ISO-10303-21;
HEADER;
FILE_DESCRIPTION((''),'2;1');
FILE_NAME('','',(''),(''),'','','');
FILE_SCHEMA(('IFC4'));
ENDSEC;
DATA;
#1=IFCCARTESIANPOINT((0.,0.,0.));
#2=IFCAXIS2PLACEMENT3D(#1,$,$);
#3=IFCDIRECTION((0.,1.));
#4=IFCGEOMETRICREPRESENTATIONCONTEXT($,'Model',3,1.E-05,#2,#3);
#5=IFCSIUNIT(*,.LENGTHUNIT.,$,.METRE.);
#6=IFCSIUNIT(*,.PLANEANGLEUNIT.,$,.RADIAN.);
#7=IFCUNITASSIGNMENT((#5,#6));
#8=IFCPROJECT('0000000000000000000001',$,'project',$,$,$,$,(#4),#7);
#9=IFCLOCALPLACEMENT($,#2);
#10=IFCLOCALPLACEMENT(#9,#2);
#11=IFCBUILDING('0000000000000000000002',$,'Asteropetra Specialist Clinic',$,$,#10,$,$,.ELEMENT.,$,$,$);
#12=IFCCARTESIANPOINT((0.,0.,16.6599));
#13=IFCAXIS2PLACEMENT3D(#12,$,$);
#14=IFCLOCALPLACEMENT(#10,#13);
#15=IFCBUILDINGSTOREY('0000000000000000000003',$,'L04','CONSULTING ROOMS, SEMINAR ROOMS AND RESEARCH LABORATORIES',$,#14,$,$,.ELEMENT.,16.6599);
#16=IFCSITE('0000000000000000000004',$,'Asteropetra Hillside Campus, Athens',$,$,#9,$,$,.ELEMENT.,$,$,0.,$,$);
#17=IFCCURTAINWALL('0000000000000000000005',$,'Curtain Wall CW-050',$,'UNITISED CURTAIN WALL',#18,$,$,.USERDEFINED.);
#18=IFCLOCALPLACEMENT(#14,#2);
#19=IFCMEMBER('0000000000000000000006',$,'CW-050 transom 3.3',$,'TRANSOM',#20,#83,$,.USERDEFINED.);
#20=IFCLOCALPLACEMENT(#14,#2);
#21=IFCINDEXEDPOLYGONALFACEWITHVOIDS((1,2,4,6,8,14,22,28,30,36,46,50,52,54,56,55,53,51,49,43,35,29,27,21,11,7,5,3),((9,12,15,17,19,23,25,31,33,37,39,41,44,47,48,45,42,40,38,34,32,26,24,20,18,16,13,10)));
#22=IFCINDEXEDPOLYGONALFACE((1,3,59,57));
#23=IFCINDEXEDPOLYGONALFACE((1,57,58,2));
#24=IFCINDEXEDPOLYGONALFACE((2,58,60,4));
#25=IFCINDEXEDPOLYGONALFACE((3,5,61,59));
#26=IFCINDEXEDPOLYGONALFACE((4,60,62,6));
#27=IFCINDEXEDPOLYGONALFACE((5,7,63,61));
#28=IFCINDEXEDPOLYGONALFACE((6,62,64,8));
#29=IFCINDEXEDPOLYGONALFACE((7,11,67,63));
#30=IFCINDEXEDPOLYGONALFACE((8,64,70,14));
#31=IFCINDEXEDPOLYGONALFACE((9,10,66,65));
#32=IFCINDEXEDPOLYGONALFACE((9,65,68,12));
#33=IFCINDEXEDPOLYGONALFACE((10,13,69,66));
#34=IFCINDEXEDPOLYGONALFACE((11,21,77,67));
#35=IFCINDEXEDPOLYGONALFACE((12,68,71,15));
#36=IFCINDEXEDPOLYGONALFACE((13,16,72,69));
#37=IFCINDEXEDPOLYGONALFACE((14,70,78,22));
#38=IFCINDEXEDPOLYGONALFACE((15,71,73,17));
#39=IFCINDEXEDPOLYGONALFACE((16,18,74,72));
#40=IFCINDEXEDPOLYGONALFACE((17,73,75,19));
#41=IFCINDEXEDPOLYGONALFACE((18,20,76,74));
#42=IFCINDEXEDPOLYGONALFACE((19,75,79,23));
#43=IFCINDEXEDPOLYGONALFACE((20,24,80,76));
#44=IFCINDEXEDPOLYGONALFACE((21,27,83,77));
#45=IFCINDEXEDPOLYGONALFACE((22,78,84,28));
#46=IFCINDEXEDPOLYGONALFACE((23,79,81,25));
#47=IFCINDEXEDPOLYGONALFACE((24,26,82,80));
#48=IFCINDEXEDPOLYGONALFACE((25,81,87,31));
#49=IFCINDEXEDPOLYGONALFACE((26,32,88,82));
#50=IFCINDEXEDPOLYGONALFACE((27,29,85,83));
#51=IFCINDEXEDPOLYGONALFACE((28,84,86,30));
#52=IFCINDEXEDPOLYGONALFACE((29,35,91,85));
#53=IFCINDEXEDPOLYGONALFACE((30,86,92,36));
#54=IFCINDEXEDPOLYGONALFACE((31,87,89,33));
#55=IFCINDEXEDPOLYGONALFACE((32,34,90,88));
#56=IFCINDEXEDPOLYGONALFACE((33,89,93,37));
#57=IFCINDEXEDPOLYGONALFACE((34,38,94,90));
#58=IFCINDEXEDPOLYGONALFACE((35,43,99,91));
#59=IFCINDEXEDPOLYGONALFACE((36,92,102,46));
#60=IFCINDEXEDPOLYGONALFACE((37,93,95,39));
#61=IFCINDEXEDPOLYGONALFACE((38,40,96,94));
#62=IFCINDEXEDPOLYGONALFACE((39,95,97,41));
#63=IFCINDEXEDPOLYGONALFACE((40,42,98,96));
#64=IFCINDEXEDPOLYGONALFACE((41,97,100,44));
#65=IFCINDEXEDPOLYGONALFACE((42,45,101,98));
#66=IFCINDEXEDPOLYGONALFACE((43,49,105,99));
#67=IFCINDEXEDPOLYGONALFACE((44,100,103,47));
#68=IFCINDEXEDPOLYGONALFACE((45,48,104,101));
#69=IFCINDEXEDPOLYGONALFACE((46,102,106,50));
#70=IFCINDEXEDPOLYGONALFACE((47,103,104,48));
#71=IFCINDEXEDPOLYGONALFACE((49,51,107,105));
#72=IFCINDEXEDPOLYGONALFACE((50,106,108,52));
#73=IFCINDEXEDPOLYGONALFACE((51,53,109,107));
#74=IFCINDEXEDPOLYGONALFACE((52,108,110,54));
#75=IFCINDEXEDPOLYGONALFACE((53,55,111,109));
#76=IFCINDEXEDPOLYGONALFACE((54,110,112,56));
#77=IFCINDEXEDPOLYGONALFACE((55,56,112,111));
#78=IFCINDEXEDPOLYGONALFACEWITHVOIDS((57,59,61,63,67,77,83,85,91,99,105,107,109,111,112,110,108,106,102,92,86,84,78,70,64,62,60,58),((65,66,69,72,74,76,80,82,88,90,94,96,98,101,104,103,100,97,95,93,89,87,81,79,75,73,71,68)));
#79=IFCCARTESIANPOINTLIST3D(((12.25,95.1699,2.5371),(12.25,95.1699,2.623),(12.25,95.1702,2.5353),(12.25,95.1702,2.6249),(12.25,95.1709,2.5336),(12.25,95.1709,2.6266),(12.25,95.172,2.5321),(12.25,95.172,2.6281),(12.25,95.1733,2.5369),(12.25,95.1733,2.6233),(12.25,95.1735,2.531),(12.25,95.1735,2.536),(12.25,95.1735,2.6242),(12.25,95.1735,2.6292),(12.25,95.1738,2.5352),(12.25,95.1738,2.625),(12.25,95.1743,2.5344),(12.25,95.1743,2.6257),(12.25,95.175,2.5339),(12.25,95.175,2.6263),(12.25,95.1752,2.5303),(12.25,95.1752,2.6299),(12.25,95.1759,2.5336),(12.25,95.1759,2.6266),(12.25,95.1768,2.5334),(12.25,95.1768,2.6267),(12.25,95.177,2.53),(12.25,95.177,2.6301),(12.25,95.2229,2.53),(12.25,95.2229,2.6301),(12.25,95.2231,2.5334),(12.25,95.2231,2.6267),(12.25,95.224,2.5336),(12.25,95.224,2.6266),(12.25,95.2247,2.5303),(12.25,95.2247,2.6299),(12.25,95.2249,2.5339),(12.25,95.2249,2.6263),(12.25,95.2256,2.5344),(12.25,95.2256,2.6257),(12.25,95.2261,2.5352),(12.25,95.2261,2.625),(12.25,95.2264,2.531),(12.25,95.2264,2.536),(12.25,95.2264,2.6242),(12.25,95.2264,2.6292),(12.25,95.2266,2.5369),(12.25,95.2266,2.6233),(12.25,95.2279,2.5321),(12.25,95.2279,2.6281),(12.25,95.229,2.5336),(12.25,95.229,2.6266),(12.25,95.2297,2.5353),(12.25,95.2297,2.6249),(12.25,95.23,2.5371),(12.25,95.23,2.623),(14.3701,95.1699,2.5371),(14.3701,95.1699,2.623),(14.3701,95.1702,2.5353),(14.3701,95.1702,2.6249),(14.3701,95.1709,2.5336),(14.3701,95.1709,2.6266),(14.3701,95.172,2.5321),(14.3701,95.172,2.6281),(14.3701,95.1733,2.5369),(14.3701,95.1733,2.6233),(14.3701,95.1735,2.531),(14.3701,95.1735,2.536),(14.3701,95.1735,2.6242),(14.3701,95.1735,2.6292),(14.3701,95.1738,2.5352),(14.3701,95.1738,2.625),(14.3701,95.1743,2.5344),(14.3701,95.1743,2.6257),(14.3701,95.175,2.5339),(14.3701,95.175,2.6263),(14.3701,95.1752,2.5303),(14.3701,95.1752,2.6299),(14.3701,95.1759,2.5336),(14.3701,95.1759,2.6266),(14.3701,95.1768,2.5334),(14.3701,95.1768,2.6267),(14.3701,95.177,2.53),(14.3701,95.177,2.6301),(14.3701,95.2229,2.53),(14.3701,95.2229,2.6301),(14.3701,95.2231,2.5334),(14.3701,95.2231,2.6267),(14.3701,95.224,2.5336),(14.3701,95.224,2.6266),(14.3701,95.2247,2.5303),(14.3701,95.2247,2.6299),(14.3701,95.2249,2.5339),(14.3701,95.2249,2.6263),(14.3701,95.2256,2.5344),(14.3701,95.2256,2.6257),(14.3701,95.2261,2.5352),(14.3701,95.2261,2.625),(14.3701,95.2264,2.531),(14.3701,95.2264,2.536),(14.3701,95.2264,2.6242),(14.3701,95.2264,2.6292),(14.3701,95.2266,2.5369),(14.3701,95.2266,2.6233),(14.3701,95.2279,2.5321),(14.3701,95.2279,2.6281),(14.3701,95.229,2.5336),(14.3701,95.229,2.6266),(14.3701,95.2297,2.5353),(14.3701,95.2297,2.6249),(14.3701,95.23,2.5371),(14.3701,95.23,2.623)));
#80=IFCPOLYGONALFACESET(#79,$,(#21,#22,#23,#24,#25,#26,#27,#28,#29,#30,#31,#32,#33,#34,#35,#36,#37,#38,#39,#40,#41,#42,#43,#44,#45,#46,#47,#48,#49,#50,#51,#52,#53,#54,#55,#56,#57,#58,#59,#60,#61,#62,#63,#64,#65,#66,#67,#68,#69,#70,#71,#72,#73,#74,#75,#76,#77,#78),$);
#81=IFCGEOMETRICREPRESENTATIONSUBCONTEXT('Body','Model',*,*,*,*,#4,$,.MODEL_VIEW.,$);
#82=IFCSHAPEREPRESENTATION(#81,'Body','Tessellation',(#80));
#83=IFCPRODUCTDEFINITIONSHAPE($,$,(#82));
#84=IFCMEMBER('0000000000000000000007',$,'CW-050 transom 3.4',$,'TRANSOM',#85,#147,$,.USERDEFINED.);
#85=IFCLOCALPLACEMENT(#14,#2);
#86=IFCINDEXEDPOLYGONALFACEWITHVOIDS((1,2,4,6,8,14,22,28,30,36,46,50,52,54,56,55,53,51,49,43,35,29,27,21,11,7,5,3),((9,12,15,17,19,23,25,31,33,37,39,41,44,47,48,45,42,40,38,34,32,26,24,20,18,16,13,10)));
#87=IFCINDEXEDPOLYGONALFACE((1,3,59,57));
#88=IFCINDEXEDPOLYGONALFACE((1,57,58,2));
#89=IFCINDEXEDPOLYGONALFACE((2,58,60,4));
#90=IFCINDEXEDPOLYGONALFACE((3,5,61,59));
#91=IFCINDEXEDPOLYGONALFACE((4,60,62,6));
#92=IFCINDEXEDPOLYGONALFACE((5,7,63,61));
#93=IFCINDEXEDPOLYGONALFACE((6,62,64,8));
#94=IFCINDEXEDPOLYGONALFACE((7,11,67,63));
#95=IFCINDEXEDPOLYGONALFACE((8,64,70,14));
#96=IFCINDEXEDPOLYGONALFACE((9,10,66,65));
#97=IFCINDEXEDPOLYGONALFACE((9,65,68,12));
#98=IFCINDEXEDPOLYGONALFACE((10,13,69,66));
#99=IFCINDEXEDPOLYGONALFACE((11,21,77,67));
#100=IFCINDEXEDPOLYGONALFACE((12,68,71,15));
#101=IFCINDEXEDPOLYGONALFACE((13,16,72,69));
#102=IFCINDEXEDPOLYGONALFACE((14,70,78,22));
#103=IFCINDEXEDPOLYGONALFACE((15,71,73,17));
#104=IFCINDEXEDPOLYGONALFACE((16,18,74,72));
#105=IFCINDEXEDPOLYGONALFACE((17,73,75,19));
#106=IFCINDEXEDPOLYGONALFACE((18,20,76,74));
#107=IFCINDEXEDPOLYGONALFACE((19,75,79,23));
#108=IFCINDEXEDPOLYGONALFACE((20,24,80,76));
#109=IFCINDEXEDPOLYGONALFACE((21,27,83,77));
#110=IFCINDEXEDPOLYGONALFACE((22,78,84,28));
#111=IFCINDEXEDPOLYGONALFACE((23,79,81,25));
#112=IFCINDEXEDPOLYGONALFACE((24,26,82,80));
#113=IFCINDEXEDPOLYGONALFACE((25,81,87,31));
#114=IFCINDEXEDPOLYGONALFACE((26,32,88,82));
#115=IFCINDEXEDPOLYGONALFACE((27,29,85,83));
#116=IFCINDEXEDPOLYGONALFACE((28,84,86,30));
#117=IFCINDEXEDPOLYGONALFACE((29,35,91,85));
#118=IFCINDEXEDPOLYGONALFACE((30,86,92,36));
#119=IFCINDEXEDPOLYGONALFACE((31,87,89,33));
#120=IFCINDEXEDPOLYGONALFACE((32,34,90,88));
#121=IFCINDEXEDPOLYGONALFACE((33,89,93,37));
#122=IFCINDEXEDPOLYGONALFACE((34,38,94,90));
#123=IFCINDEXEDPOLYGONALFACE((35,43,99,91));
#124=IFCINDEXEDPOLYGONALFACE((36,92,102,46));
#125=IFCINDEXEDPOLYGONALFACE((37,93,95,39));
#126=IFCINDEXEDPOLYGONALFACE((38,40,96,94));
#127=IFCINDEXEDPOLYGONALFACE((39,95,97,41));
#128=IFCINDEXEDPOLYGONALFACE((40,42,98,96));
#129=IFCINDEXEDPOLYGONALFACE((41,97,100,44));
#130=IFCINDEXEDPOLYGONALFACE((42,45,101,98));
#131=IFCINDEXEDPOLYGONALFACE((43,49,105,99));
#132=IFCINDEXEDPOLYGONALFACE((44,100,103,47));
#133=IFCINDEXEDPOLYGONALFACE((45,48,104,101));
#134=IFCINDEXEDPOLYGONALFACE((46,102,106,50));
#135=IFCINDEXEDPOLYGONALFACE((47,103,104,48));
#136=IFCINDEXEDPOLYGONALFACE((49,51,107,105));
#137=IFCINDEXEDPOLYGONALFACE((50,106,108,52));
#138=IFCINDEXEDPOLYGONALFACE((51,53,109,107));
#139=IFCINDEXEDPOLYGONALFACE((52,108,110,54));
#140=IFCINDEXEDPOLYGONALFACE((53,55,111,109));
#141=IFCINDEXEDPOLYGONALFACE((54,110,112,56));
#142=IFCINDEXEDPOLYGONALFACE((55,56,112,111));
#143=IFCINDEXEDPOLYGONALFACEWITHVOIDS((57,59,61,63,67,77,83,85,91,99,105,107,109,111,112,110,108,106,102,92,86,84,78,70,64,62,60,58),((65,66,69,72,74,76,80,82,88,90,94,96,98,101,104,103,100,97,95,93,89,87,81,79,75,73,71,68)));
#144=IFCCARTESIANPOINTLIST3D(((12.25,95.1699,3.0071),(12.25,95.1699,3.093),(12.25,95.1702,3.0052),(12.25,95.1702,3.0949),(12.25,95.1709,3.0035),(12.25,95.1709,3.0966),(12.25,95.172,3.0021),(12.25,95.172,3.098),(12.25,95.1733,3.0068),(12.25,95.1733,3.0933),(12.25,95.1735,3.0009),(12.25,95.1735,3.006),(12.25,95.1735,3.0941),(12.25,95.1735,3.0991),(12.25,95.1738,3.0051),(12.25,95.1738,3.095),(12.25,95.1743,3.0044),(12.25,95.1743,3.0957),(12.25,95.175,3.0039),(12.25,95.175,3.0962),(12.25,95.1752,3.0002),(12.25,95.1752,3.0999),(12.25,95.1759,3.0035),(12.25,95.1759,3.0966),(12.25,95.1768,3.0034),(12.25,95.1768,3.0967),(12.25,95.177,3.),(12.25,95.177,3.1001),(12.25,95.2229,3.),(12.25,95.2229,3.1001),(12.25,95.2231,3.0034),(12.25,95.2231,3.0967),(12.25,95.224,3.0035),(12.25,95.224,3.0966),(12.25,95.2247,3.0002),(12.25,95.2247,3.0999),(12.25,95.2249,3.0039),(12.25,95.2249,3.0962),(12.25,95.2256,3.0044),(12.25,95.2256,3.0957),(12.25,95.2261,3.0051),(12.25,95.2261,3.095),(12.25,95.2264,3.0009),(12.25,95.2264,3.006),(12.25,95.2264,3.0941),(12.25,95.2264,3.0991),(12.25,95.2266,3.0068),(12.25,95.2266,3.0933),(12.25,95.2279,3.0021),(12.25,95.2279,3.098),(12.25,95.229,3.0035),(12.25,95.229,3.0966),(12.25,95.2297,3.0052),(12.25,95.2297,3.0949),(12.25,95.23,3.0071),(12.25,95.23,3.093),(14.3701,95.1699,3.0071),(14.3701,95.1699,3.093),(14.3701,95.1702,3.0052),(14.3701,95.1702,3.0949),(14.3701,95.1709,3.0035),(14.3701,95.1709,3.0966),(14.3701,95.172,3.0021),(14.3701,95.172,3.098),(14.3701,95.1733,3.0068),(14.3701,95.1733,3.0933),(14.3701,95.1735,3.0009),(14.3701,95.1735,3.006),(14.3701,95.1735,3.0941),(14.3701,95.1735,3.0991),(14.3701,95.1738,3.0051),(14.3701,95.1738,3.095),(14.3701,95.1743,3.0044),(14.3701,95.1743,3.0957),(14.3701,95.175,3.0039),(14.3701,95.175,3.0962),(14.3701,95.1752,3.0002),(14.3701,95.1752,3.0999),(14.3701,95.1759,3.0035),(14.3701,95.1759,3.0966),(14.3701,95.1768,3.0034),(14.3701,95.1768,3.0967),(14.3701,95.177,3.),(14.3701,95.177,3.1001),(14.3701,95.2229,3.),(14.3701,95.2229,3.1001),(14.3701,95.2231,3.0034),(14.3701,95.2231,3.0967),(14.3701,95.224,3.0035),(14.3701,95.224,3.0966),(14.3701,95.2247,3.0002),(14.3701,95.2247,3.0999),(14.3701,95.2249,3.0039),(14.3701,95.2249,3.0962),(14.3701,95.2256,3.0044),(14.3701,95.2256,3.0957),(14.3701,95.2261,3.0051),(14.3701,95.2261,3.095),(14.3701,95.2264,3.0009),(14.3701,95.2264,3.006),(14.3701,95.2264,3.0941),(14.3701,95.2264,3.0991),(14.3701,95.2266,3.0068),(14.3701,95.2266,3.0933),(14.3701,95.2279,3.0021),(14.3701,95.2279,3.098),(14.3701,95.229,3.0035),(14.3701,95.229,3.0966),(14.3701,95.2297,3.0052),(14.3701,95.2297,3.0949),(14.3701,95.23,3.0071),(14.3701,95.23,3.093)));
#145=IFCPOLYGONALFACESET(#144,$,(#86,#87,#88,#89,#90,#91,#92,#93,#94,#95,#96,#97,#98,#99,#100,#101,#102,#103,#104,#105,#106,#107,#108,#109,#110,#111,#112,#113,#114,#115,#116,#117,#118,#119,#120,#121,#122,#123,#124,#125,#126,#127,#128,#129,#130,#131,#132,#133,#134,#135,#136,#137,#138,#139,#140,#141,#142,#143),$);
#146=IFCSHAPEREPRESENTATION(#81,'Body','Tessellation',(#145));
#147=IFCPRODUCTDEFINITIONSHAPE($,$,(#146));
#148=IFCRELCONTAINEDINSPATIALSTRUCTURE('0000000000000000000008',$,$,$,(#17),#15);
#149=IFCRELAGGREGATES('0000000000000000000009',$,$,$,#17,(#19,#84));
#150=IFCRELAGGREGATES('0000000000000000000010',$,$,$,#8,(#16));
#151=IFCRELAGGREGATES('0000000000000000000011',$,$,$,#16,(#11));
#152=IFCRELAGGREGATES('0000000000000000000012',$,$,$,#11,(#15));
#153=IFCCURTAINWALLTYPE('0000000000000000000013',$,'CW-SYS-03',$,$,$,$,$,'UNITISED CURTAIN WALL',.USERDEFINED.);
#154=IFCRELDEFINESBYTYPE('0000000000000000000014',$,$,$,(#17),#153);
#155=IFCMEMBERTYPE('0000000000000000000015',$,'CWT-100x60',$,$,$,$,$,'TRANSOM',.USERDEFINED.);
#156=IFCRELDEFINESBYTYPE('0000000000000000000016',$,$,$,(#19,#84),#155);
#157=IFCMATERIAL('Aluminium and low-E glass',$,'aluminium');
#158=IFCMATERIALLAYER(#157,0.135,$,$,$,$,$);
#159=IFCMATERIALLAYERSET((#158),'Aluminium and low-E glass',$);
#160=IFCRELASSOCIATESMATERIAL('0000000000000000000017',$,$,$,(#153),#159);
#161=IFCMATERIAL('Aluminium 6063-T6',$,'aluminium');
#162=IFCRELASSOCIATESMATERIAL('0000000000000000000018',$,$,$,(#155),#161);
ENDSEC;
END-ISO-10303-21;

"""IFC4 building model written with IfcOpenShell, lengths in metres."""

from ifc_helpers import new_model, si_unit, direction, frame, origin, origin_2d, place, context, subcontext, project, spatial, hollow_rectangle, extrude, material, layer, layer_set, material_profile, profile_set, type_object, element, aggregate, save


model = new_model("IFC4")

# Units and contexts
model_context = context("Model", 3, precision=1e-05, world=origin(), true_north=direction((0.0, 1.0)))
body_context = subcontext(model_context, "Body", "Model", "MODEL_VIEW")
ifc_project = project(units=[si_unit("LENGTHUNIT", "METRE"), si_unit("PLANEANGLEUNIT", "RADIAN")], contexts=[model_context])

# Site, building, storey
site_placement = place(None, origin())
site = spatial("IfcSite", under=ifc_project, at=site_placement, Name="Asteropetra Hillside Campus, Athens", CompositionType="ELEMENT", RefElevation=0.0)
building_placement = place(site_placement, origin())
building = spatial("IfcBuilding", under=site, at=building_placement, Name="Asteropetra Specialist Clinic", CompositionType="ELEMENT")
storey_placement = place(building_placement, frame((0.0, 0.0, 16.6599)))
storey = spatial("IfcBuildingStorey", under=building, at=storey_placement, Name="L04", Description="CONSULTING ROOMS, SEMINAR ROOMS AND RESEARCH LABORATORIES", CompositionType="ELEMENT", Elevation=16.6599)

# Curtain wall
ifc_material_1 = material(Name="Aluminium and low-E glass", Category="aluminium")
ifc_layer_1 = layer(ifc_material_1, 0.135)
ifc_layer_set_1 = layer_set([ifc_layer_1], Name="Aluminium and low-E glass")
curtain_wall_type_1 = type_object("IfcCurtainWallType", Name="CW-SYS-03", ElementType="UNITISED CURTAIN WALL", PredefinedType="USERDEFINED", material=ifc_layer_set_1)
curtain_wall_1_placement = place(storey_placement, origin())
curtain_wall_1 = element("IfcCurtainWall", 1, at=curtain_wall_1_placement, inside=storey, type_object=curtain_wall_type_1, Name="Curtain Wall CW-050", ObjectType="UNITISED CURTAIN WALL", PredefinedType="USERDEFINED")

# Members
ifc_material_2 = material(Name="Aluminium 6063-T6", Category="aluminium")
ifc_material_profile_1 = material_profile(ifc_material_2, hollow_rectangle(XDim=0.0601, YDim=0.1001, WallThickness=0.0034, InnerFilletRadius=0.0034, OuterFilletRadius=0.0071, at=origin_2d()), Name="TRN 100x60x3.5")
ifc_profile_set_1 = profile_set([ifc_material_profile_1], Name="Aluminium 6063-T6")
member_type_1 = type_object("IfcMemberType", Name="CWT-100x60", ElementType="TRANSOM", PredefinedType="USERDEFINED", material=ifc_profile_set_1)
member_1_placement = place(storey_placement, frame((14.3701, 95.2, 2.5801), z_axis=(-1.0, 0.0, 0.0), x_axis=(0.0, -1.0, 0.0)))
member_1 = element("IfcMember", 2, at=member_1_placement, type_object=member_type_1, Name="CW-050 transom 3.3", ObjectType="TRANSOM", PredefinedType="USERDEFINED", context=body_context, shape_type="SweptSolid", body=[
    extrude(hollow_rectangle(XDim=0.0601, YDim=0.1001, WallThickness=0.0034, InnerFilletRadius=0.0034, OuterFilletRadius=0.0071, at=origin_2d()), origin(), (0.0, 0.0, 1.0), 2.1201),
])
member_2_placement = place(storey_placement, frame((14.3701, 95.2, 3.05), z_axis=(-1.0, 0.0, 0.0), x_axis=(0.0, -1.0, 0.0)))
member_2 = element("IfcMember", 3, at=member_2_placement, type_object=member_type_1, Name="CW-050 transom 3.4", ObjectType="TRANSOM", PredefinedType="USERDEFINED", context=body_context, shape_type="SweptSolid", body=[
    extrude(hollow_rectangle(XDim=0.0601, YDim=0.1001, WallThickness=0.0034, InnerFilletRadius=0.0034, OuterFilletRadius=0.0071, at=origin_2d()), origin(), (0.0, 0.0, 1.0), 2.1201),
])

aggregate(curtain_wall_1, [member_1, member_2])

save(model, "model.ifc")
